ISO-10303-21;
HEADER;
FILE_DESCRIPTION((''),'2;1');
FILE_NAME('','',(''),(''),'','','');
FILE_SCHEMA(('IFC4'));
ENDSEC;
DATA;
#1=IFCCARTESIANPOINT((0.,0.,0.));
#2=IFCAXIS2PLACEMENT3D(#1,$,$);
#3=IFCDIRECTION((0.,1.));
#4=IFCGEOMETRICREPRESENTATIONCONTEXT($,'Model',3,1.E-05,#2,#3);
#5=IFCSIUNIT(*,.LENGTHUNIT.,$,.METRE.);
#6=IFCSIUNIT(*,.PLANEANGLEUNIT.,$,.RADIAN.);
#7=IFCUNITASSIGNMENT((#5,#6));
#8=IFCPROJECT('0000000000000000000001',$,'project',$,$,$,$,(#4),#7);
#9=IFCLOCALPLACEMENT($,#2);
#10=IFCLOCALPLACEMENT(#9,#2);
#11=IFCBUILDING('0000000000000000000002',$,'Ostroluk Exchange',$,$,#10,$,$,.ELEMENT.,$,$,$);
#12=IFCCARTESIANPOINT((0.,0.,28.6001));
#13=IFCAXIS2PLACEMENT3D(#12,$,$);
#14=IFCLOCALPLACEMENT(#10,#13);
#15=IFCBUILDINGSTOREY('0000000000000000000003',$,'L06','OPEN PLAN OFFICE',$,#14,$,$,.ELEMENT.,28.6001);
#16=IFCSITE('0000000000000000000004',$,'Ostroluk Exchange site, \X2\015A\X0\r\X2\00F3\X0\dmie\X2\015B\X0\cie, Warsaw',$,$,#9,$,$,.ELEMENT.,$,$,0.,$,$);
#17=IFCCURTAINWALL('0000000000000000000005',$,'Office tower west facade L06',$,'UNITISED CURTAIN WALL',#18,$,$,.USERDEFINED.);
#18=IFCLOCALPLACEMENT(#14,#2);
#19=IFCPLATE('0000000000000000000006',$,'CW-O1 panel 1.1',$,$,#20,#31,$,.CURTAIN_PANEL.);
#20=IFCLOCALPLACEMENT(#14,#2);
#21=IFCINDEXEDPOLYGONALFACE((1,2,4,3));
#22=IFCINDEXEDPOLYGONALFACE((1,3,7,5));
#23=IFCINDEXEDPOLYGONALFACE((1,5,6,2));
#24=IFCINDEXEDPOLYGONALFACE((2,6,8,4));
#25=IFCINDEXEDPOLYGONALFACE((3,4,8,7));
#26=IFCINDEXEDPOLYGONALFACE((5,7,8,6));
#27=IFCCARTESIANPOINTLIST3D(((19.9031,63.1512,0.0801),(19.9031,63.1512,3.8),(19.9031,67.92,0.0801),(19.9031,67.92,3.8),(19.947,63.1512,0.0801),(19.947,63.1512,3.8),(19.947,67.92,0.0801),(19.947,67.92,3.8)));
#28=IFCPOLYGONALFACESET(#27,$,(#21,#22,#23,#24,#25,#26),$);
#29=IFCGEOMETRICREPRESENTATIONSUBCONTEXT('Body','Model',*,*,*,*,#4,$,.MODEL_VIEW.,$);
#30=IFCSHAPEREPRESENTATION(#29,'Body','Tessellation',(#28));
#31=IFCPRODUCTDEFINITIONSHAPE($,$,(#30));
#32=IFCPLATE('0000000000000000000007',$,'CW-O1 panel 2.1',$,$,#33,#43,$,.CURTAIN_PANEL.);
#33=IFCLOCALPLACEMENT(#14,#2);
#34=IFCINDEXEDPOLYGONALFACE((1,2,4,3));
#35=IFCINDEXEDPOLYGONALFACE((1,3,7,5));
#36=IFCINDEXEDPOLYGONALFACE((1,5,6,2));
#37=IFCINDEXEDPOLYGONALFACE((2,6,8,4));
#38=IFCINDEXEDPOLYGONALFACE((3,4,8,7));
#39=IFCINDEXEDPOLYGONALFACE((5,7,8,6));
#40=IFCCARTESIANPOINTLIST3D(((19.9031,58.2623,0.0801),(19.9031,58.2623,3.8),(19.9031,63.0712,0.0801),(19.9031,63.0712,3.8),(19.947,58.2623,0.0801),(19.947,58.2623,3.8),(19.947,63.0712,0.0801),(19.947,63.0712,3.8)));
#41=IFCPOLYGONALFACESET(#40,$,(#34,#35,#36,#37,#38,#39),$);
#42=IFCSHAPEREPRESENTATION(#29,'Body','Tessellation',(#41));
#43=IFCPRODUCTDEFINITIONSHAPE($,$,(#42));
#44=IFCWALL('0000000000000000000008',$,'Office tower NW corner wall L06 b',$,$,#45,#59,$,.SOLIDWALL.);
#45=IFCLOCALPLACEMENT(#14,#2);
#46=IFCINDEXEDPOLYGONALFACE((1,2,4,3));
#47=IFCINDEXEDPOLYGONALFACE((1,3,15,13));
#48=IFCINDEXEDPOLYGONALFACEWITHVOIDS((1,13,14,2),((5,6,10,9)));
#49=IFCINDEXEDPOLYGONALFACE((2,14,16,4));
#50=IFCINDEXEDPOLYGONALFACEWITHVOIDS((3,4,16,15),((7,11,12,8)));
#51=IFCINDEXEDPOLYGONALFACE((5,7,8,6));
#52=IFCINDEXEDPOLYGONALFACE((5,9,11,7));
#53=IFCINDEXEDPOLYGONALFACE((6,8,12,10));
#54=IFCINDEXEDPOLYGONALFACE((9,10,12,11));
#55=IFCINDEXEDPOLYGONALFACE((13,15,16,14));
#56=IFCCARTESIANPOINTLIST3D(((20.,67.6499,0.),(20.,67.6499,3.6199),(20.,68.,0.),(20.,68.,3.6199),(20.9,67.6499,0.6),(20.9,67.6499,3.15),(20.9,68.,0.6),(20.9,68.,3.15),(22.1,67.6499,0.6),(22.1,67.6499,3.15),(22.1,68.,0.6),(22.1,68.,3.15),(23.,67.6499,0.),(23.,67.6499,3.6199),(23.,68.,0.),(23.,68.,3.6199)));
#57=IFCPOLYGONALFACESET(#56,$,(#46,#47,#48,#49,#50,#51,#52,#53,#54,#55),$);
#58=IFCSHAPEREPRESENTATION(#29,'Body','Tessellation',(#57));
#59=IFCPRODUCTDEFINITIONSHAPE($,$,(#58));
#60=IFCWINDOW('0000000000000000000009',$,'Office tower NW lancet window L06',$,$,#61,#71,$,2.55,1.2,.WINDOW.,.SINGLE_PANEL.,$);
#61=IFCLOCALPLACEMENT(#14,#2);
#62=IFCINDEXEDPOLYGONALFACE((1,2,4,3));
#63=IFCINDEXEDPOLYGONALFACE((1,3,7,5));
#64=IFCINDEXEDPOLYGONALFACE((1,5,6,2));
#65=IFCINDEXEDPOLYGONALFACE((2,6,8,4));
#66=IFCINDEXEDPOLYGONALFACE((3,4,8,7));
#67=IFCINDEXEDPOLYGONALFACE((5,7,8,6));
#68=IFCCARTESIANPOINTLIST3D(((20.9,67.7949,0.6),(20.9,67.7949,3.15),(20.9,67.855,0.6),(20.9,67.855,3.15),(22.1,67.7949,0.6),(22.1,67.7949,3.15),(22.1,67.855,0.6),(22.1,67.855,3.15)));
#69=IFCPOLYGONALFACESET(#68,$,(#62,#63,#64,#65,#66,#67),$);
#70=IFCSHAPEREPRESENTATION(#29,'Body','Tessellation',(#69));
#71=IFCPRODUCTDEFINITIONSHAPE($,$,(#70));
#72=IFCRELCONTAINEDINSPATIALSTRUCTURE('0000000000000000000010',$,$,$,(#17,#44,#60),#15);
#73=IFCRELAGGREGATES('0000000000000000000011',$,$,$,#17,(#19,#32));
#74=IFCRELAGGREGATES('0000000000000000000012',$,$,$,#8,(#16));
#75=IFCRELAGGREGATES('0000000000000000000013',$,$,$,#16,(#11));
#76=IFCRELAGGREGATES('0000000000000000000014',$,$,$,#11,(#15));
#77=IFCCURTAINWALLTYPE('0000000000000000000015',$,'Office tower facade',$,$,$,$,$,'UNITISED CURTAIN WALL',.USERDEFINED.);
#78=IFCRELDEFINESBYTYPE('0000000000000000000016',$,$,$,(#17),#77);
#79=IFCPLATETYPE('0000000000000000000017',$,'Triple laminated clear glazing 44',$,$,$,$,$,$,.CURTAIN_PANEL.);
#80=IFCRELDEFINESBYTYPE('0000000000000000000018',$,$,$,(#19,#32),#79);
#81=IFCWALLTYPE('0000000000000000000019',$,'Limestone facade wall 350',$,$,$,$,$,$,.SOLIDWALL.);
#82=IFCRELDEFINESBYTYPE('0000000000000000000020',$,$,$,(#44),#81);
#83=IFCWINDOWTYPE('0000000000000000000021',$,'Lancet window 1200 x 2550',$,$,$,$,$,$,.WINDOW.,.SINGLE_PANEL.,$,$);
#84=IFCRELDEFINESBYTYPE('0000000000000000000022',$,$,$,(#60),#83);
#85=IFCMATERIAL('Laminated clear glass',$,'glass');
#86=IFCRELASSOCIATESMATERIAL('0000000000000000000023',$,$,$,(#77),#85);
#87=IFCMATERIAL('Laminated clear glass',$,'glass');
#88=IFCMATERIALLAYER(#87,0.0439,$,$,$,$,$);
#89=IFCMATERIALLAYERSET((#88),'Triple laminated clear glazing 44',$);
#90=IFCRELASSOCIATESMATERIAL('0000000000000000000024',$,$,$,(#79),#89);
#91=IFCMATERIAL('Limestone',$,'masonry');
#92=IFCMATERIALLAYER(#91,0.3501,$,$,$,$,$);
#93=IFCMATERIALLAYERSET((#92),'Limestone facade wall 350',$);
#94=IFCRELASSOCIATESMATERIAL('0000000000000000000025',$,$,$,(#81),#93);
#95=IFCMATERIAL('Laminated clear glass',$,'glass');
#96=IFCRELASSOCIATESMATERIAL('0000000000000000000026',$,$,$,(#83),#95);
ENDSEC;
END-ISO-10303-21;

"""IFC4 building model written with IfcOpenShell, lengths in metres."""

from ifc_helpers import new_model, si_unit, direction, frame, frame_2d, origin, origin_2d, place, context, subcontext, project, spatial, rectangle, extrude, material, layer, layer_set, type_object, element, fill, aggregate, save


model = new_model("IFC4")

# Units and contexts
model_context = context("Model", 3, precision=1e-05, world=origin(), true_north=direction((0.0, 1.0)))
body_context = subcontext(model_context, "Body", "Model", "MODEL_VIEW")
ifc_project = project(units=[si_unit("LENGTHUNIT", "METRE"), si_unit("PLANEANGLEUNIT", "RADIAN")], contexts=[model_context])

# Site, building, storey
site_placement = place(None, origin())
site = spatial("IfcSite", under=ifc_project, at=site_placement, Name="Ostroluk Exchange site, Śródmieście, Warsaw", CompositionType="ELEMENT", RefElevation=0.0)
building_placement = place(site_placement, origin())
building = spatial("IfcBuilding", under=site, at=building_placement, Name="Ostroluk Exchange", CompositionType="ELEMENT")
storey_placement = place(building_placement, frame((0.0, 0.0, 28.6001)))
storey = spatial("IfcBuildingStorey", under=building, at=storey_placement, Name="L06", Description="OPEN PLAN OFFICE", CompositionType="ELEMENT", Elevation=28.6001)

# Curtain wall
ifc_material_1 = material(Name="Laminated clear glass", Category="glass")
curtain_wall_type = type_object("IfcCurtainWallType", Name="Office tower facade", ElementType="UNITISED CURTAIN WALL", PredefinedType="USERDEFINED", material=ifc_material_1)
curtain_wall_1_placement = place(storey_placement, origin())
curtain_wall_1 = element("IfcCurtainWall", 1, at=curtain_wall_1_placement, inside=storey, type_object=curtain_wall_type, Name="Office tower west facade L06", ObjectType="UNITISED CURTAIN WALL", PredefinedType="USERDEFINED")

# Plates
ifc_material_2 = material(Name="Laminated clear glass", Category="glass")
ifc_layer_1 = layer(ifc_material_2, 0.0439)
ifc_layer_set_1 = layer_set([ifc_layer_1], Name="Triple laminated clear glazing 44")
plate_type_1 = type_object("IfcPlateType", Name="Triple laminated clear glazing 44", PredefinedType="CURTAIN_PANEL", material=ifc_layer_set_1)
plate_1_placement = place(storey_placement, frame((19.925, 65.5356, 0.0801), z_axis=(0.0, 0.0, 1.0), x_axis=(0.0, -1.0, 0.0)))
plate_1 = element("IfcPlate", 2, at=plate_1_placement, type_object=plate_type_1, Name="CW-O1 panel 1.1", PredefinedType="CURTAIN_PANEL", context=body_context, shape_type="SweptSolid", body=[
    extrude(rectangle(XDim=4.7688, YDim=0.0439, at=origin_2d()), origin(), (0.0, 0.0, 1.0), 3.72),
])
plate_2_placement = place(storey_placement, frame((19.925, 60.6667, 0.0801), z_axis=(0.0, 0.0, 1.0), x_axis=(0.0, -1.0, 0.0)))
plate_2 = element("IfcPlate", 3, at=plate_2_placement, type_object=plate_type_1, Name="CW-O1 panel 2.1", PredefinedType="CURTAIN_PANEL", context=body_context, shape_type="SweptSolid", body=[
    extrude(rectangle(XDim=4.8088, YDim=0.0439, at=origin_2d()), origin(), (0.0, 0.0, 1.0), 3.72),
])
aggregate(curtain_wall_1, [plate_1, plate_2])

# Shared definitions
ifc_material_3 = material(Name="Limestone", Category="masonry")
ifc_layer_2 = layer(ifc_material_3, 0.3501)
ifc_layer_set_2 = layer_set([ifc_layer_2], Name="Limestone facade wall 350")
wall_type = type_object("IfcWallType", Name="Limestone facade wall 350", PredefinedType="SOLIDWALL", material=ifc_layer_set_2)

# Wall, opening, window
wall_1_placement = place(storey_placement, frame((23.0, 67.825, 0.0), z_axis=(0.0, 0.0, 1.0), x_axis=(-1.0, 0.0, 0.0)))
wall_1 = element("IfcWall", 4, at=wall_1_placement, inside=storey, type_object=wall_type, Name="Office tower NW corner wall L06 b", PredefinedType="SOLIDWALL", context=body_context, shape_type="SweptSolid", body=[
    extrude(rectangle(XDim=3.0, YDim=0.3501, at=frame_2d((1.5, 0.0))), origin(), (0.0, 0.0, 1.0), 3.6199),
])
opening_1_placement = place(wall_1_placement, frame((0.8999, 0.0, 0.6001)))
opening_1 = element("IfcOpeningElement", 5, at=opening_1_placement, cuts=wall_1, PredefinedType="OPENING", context=body_context, shape_type="SweptSolid", body=[
    extrude(rectangle(XDim=1.2, YDim=2.55, at=frame_2d((0.6001, 1.2749))), frame((0.0, 0.1851, 0.0), z_axis=(0.0, -1.0, 0.0), x_axis=(1.0, 0.0, 0.0)), (0.0, 0.0, 1.0), 0.3701),
])
ifc_material_4 = material(Name="Laminated clear glass", Category="glass")
window_type = type_object("IfcWindowType", Name="Lancet window 1200 x 2550", PartitioningType="SINGLE_PANEL", PredefinedType="WINDOW", material=ifc_material_4)
window_placement = place(opening_1_placement, origin())
window = element("IfcWindow", 6, at=window_placement, inside=storey, type_object=window_type, Name="Office tower NW lancet window L06", OverallHeight=2.55, OverallWidth=1.2, PartitioningType="SINGLE_PANEL", PredefinedType="WINDOW", context=body_context, shape_type="SweptSolid", body=[
    extrude(rectangle(XDim=1.2, YDim=2.55, at=frame_2d((0.6001, 1.2749))), frame((0.0, 0.03, 0.0), z_axis=(0.0, -1.0, 0.0), x_axis=(1.0, 0.0, 0.0)), (0.0, 0.0, 1.0), 0.0601),
])
fill(opening_1, window)

save(model, "model.ifc")
